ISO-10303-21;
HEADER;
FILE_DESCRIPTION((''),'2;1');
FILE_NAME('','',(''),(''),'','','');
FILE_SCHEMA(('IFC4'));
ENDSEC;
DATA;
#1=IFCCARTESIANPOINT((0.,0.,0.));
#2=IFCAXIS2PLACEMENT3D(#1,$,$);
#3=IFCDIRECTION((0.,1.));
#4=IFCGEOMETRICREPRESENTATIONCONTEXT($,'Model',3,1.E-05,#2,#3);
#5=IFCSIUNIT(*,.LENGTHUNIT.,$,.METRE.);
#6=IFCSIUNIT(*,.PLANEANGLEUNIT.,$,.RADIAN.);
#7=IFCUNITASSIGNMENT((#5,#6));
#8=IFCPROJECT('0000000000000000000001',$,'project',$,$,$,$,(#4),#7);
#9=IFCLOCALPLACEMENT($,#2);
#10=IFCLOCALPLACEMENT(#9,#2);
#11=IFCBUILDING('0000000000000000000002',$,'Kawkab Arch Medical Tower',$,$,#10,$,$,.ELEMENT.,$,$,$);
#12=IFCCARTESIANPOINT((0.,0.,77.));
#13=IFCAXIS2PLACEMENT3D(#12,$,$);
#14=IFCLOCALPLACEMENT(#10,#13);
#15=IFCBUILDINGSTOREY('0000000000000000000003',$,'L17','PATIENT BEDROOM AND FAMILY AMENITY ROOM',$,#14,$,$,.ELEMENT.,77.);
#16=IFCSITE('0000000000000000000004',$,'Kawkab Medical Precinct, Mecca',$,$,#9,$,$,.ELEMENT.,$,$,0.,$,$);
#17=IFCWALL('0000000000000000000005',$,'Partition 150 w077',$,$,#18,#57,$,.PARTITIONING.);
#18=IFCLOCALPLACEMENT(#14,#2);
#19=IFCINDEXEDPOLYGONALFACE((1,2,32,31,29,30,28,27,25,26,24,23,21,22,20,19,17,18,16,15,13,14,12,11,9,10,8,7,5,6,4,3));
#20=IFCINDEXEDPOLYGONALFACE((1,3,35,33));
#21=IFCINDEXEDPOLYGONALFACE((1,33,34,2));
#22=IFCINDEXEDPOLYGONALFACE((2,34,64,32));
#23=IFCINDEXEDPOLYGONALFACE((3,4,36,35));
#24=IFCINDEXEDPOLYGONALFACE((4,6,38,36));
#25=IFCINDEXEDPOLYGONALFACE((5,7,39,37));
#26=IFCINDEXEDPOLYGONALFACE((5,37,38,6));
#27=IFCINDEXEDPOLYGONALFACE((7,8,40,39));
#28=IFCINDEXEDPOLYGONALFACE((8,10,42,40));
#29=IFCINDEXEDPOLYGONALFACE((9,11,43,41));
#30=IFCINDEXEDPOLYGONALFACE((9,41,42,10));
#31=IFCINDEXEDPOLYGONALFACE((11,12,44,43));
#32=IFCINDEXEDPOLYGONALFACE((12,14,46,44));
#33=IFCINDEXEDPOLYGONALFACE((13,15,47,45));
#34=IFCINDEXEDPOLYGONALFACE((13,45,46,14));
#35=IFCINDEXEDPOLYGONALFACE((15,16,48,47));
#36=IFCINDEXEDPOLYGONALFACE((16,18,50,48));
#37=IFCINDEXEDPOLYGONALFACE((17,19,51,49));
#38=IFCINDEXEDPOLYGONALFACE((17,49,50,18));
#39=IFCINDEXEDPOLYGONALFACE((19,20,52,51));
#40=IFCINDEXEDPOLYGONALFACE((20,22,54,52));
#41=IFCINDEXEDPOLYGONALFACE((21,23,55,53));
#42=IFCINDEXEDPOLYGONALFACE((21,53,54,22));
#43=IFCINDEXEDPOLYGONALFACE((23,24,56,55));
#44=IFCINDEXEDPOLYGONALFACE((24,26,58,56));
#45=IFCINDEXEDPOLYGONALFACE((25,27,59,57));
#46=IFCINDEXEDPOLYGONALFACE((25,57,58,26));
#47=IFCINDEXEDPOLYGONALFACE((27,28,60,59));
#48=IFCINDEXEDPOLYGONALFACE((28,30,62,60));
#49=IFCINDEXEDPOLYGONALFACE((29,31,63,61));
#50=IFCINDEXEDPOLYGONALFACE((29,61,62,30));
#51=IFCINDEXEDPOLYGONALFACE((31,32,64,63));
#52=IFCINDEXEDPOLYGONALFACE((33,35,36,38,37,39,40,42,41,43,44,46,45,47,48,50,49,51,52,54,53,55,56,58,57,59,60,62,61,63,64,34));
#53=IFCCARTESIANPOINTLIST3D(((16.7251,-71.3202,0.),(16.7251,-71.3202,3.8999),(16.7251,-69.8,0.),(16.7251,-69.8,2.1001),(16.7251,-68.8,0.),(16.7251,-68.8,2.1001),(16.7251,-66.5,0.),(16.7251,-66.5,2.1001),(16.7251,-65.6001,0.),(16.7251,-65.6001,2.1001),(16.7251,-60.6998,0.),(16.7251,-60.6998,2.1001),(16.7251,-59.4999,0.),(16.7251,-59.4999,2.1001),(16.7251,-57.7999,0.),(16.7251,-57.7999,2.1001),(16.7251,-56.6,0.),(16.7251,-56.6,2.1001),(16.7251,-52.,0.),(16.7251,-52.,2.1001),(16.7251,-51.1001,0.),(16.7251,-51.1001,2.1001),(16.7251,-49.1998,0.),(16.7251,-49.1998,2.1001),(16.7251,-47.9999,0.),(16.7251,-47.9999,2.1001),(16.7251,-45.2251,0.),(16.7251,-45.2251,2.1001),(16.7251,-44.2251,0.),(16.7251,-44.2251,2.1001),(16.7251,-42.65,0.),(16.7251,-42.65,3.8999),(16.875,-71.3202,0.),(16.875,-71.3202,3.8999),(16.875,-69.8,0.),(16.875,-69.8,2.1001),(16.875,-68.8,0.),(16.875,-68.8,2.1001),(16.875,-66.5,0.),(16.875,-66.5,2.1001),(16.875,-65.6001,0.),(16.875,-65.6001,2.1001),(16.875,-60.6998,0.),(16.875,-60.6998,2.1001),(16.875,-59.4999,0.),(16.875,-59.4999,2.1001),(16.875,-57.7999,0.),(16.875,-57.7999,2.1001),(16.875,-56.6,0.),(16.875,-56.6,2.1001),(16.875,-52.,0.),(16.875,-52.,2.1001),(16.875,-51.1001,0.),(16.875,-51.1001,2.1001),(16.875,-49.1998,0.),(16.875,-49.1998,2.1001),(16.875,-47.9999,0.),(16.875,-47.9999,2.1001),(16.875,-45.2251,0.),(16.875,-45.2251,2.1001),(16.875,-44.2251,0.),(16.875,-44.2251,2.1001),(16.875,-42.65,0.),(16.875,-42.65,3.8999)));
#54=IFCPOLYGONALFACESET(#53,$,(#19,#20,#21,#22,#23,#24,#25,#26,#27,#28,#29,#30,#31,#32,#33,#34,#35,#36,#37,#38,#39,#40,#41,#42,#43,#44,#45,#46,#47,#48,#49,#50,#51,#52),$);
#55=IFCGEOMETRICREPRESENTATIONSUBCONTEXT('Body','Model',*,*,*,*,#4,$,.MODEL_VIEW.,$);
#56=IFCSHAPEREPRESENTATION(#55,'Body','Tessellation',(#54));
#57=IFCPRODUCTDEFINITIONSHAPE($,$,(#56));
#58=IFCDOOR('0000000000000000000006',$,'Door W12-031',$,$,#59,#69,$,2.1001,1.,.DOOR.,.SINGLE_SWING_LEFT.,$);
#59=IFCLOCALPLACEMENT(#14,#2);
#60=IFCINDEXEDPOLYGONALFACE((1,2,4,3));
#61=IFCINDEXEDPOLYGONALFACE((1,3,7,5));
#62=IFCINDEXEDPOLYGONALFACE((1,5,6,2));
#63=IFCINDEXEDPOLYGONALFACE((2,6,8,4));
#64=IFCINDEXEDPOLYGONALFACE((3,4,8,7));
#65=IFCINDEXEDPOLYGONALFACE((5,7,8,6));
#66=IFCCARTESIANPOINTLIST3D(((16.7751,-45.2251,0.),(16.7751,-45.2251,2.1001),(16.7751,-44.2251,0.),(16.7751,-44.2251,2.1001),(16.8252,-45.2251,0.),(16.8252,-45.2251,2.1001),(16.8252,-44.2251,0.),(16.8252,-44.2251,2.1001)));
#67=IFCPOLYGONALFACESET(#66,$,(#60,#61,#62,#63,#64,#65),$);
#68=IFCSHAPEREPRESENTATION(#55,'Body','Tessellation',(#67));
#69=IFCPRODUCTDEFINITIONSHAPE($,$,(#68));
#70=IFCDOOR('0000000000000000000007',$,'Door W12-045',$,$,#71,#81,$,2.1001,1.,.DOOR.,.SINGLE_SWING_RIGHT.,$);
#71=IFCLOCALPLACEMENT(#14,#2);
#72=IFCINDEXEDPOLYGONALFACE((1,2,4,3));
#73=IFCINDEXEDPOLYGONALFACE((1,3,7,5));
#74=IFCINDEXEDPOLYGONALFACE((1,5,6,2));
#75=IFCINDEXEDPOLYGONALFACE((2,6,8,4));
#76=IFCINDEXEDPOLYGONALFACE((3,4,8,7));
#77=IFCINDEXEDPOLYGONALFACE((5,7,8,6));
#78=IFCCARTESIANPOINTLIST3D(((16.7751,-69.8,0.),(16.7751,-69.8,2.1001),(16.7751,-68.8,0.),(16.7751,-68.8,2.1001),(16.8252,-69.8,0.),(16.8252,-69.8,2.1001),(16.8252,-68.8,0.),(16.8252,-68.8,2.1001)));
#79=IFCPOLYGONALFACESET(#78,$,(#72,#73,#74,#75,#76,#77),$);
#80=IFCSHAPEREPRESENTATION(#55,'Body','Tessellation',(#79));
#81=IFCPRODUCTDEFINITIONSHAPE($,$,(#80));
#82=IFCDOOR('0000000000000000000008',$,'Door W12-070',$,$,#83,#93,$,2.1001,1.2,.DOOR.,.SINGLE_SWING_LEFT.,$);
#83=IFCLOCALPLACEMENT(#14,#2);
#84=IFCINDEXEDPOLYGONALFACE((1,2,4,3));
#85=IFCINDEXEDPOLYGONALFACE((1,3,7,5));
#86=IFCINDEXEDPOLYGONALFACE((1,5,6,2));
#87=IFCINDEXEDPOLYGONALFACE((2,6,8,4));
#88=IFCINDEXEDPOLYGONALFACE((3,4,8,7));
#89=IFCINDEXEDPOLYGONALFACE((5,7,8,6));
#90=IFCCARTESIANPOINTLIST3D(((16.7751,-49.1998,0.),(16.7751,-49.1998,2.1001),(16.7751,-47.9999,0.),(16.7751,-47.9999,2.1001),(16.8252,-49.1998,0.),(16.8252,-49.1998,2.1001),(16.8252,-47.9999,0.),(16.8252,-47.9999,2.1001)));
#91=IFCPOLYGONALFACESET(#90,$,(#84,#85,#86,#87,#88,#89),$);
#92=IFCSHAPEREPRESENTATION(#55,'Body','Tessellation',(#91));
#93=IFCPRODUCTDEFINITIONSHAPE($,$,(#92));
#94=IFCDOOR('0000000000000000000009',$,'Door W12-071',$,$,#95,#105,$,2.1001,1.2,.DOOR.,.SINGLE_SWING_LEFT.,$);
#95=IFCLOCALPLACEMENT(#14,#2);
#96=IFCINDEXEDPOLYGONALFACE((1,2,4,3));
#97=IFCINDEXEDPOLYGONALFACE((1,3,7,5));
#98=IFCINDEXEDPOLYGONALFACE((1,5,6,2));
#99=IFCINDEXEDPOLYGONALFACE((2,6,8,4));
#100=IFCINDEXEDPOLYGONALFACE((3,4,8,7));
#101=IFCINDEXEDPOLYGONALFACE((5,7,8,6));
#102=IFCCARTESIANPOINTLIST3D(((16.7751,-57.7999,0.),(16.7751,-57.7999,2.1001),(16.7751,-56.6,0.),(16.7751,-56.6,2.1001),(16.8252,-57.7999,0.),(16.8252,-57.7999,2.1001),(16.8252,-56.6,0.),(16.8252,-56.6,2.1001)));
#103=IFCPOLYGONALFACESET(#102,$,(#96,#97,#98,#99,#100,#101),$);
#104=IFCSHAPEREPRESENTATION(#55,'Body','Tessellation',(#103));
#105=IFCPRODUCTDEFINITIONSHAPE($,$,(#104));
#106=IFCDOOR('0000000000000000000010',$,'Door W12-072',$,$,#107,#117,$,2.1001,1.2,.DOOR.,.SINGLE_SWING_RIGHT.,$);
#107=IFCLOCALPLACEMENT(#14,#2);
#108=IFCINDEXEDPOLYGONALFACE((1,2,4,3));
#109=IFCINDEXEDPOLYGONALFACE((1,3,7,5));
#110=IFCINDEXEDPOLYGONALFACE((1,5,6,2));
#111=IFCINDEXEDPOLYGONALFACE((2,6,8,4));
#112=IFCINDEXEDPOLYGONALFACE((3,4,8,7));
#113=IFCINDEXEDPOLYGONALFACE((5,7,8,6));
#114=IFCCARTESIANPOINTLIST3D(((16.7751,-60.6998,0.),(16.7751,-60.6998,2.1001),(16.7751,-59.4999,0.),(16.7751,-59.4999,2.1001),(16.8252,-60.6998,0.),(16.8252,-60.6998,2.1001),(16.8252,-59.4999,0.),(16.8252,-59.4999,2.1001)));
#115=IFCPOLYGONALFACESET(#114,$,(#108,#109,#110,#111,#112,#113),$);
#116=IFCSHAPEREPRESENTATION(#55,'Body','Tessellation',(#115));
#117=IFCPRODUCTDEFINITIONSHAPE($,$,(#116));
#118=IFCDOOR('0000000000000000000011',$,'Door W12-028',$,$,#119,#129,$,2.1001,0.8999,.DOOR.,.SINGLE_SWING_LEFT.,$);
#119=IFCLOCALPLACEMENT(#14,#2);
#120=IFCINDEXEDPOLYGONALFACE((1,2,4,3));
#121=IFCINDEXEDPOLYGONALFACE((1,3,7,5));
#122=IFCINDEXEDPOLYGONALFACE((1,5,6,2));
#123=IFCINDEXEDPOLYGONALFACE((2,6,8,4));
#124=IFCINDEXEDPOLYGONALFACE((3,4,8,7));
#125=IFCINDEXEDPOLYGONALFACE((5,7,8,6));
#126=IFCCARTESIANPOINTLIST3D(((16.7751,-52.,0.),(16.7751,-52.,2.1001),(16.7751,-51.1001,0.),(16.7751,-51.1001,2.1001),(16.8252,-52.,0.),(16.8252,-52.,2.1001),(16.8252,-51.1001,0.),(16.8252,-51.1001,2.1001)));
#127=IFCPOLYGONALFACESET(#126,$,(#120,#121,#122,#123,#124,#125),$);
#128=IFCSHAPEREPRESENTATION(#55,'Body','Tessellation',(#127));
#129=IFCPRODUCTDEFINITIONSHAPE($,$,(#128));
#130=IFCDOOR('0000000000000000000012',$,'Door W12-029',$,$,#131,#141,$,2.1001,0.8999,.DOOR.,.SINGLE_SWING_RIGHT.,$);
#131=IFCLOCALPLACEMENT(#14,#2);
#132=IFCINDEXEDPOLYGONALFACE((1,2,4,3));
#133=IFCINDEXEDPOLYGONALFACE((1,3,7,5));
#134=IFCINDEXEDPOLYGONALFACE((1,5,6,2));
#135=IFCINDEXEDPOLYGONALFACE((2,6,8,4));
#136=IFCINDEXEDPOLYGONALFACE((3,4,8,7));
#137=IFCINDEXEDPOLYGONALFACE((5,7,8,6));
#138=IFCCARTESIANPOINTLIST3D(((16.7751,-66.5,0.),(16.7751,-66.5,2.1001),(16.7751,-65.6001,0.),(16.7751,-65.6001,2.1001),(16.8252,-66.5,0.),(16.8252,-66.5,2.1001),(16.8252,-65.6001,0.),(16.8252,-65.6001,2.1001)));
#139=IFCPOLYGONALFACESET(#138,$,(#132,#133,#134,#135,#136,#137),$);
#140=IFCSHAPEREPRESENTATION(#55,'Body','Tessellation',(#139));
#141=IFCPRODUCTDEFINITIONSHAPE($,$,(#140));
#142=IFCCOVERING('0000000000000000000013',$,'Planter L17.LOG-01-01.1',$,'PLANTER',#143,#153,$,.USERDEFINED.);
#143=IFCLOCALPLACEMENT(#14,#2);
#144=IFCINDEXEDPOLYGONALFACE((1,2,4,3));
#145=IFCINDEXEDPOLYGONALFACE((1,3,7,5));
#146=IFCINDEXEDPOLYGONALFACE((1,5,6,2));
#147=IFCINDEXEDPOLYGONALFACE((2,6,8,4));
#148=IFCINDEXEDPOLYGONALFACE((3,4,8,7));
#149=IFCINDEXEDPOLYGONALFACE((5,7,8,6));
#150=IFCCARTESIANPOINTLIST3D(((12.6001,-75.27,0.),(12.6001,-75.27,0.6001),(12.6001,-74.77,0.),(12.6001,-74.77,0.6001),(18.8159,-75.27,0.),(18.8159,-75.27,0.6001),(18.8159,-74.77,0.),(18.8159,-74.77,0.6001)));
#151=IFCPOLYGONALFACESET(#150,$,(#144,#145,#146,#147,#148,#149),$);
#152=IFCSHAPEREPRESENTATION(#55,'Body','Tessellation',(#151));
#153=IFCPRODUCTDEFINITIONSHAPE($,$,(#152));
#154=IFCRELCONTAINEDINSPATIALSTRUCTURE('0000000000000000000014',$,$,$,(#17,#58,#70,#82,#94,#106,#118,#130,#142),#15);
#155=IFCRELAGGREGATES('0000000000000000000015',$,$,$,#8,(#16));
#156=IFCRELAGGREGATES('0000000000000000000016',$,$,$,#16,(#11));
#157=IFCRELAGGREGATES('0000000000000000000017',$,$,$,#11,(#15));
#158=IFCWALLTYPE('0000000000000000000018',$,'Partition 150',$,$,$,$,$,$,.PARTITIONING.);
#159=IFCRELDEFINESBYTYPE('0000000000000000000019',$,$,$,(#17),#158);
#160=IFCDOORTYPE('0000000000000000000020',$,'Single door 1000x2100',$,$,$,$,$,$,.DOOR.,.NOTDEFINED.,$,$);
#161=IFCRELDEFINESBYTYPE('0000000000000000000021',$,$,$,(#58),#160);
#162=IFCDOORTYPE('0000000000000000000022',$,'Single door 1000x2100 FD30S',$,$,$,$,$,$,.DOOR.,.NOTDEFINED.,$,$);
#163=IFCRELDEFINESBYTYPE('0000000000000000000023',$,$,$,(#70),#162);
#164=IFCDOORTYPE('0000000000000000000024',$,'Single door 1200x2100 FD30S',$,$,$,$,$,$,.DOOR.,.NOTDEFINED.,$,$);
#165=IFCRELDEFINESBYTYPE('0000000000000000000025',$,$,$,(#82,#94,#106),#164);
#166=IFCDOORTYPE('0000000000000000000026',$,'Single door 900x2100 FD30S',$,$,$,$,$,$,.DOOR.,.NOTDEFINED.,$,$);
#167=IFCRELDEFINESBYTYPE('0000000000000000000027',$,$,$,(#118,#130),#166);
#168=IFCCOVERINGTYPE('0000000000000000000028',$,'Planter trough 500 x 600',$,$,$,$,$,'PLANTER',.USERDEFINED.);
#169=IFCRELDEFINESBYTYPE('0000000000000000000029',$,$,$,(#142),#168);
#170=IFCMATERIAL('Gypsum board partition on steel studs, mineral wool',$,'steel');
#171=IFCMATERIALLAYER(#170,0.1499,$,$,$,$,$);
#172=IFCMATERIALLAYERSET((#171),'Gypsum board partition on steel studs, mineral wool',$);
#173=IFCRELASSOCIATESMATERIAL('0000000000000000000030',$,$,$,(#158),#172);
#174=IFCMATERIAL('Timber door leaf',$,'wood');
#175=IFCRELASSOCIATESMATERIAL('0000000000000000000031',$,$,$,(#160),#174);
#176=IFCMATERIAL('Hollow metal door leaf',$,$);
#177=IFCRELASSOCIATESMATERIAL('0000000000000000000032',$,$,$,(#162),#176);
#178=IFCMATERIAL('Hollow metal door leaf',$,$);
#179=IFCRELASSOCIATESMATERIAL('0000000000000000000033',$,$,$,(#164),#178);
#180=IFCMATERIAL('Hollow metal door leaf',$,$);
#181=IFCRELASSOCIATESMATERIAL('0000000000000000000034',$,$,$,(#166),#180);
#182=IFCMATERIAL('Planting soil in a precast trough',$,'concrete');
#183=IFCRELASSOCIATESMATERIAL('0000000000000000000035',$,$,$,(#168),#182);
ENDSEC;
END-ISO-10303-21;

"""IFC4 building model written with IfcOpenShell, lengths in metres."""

from ifc_helpers import new_model, si_unit, direction, frame, frame_2d, origin, origin_2d, place, context, subcontext, project, spatial, rectangle, extrude, material, layer, layer_set, material_profile, profile_set, type_object, element, fill, save


model = new_model("IFC4")

# Units and contexts
model_context = context("Model", 3, precision=1e-05, world=origin(), true_north=direction((0.0, 1.0)))
body_context = subcontext(model_context, "Body", "Model", "MODEL_VIEW")
ifc_project = project(units=[si_unit("LENGTHUNIT", "METRE"), si_unit("PLANEANGLEUNIT", "RADIAN")], contexts=[model_context])

# Site, building, storey
site_placement = place(None, origin())
site = spatial("IfcSite", under=ifc_project, at=site_placement, Name="Kawkab Medical Precinct, Mecca", CompositionType="ELEMENT", RefElevation=0.0)
building_placement = place(site_placement, origin())
building = spatial("IfcBuilding", under=site, at=building_placement, Name="Kawkab Arch Medical Tower", CompositionType="ELEMENT")
storey_placement = place(building_placement, frame((0.0, 0.0, 77.0)))
storey = spatial("IfcBuildingStorey", under=building, at=storey_placement, Name="L17", Description="PATIENT BEDROOM AND FAMILY AMENITY ROOM", CompositionType="ELEMENT", Elevation=77.0)

# Wall, openings, doors
ifc_material_1 = material(Name="Gypsum board partition on steel studs, mineral wool", Category="steel")
ifc_layer_1 = layer(ifc_material_1, 0.1499)
ifc_layer_set_1 = layer_set([ifc_layer_1], Name="Gypsum board partition on steel studs, mineral wool")
wall_type_1 = type_object("IfcWallType", Name="Partition 150", PredefinedType="PARTITIONING", material=ifc_layer_set_1)
wall_1_placement = place(storey_placement, frame((16.8, -71.3201, 0.0), z_axis=(0.0, 0.0, 1.0), x_axis=(0.0, 1.0, 0.0)))
wall_1 = element("IfcWall", 1, at=wall_1_placement, inside=storey, type_object=wall_type_1, Name="Partition 150 w077", PredefinedType="PARTITIONING", context=body_context, shape_type="SweptSolid", body=[
    extrude(rectangle(XDim=28.6702, YDim=0.1499, at=frame_2d((14.335, 0.0))), origin(), (0.0, 0.0, 1.0), 3.8999),
])
opening_1_placement = place(wall_1_placement, frame((26.095, 0.0, 0.0)))
opening_1 = element("IfcOpeningElement", 2, at=opening_1_placement, cuts=wall_1, PredefinedType="OPENING", context=body_context, shape_type="SweptSolid", body=[
    extrude(rectangle(XDim=1.0, YDim=2.1001, at=frame_2d((0.5, 1.05))), frame((0.0, 0.085, 0.0), z_axis=(0.0, -1.0, 0.0), x_axis=(1.0, 0.0, 0.0)), (0.0, 0.0, 1.0), 0.1699),
])
opening_2_placement = place(wall_1_placement, frame((22.1201, 0.0, 0.0)))
opening_2 = element("IfcOpeningElement", 3, at=opening_2_placement, cuts=wall_1, PredefinedType="OPENING", context=body_context, shape_type="SweptSolid", body=[
    extrude(rectangle(XDim=1.2, YDim=2.1001, at=frame_2d((0.6001, 1.05))), frame((0.0, 0.085, 0.0), z_axis=(0.0, -1.0, 0.0), x_axis=(1.0, 0.0, 0.0)), (0.0, 0.0, 1.0), 0.1699),
])
opening_3_placement = place(wall_1_placement, frame((19.3201, 0.0, 0.0)))
opening_3 = element("IfcOpeningElement", 4, at=opening_3_placement, cuts=wall_1, PredefinedType="OPENING", context=body_context, shape_type="SweptSolid", body=[
    extrude(rectangle(XDim=0.8999, YDim=2.1001, at=frame_2d((0.45, 1.05))), frame((0.0, 0.085, 0.0), z_axis=(0.0, -1.0, 0.0), x_axis=(1.0, 0.0, 0.0)), (0.0, 0.0, 1.0), 0.1699),
])
opening_4_placement = place(wall_1_placement, frame((13.52, 0.0, 0.0)))
opening_4 = element("IfcOpeningElement", 5, at=opening_4_placement, cuts=wall_1, PredefinedType="OPENING", context=body_context, shape_type="SweptSolid", body=[
    extrude(rectangle(XDim=1.2, YDim=2.1001, at=frame_2d((0.6001, 1.05))), frame((0.0, 0.085, 0.0), z_axis=(0.0, -1.0, 0.0), x_axis=(1.0, 0.0, 0.0)), (0.0, 0.0, 1.0), 0.1699),
])
opening_5_placement = place(wall_1_placement, frame((10.6201, 0.0, 0.0)))
opening_5 = element("IfcOpeningElement", 6, at=opening_5_placement, cuts=wall_1, PredefinedType="OPENING", context=body_context, shape_type="SweptSolid", body=[
    extrude(rectangle(XDim=1.2, YDim=2.1001, at=frame_2d((0.6001, 1.05))), frame((0.0, 0.085, 0.0), z_axis=(0.0, -1.0, 0.0), x_axis=(1.0, 0.0, 0.0)), (0.0, 0.0, 1.0), 0.1699),
])
opening_6_placement = place(wall_1_placement, frame((4.8201, 0.0, 0.0)))
opening_6 = element("IfcOpeningElement", 7, at=opening_6_placement, cuts=wall_1, PredefinedType="OPENING", context=body_context, shape_type="SweptSolid", body=[
    extrude(rectangle(XDim=0.8999, YDim=2.1001, at=frame_2d((0.45, 1.05))), frame((0.0, 0.085, 0.0), z_axis=(0.0, -1.0, 0.0), x_axis=(1.0, 0.0, 0.0)), (0.0, 0.0, 1.0), 0.1699),
])
opening_7_placement = place(wall_1_placement, frame((1.52, 0.0, 0.0)))
opening_7 = element("IfcOpeningElement", 8, at=opening_7_placement, cuts=wall_1, PredefinedType="OPENING", context=body_context, shape_type="SweptSolid", body=[
    extrude(rectangle(XDim=1.0, YDim=2.1001, at=frame_2d((0.5, 1.05))), frame((0.0, 0.085, 0.0), z_axis=(0.0, -1.0, 0.0), x_axis=(1.0, 0.0, 0.0)), (0.0, 0.0, 1.0), 0.1699),
])
ifc_material_2 = material(Name="Timber door leaf", Category="wood")
door_type_1 = type_object("IfcDoorType", Name="Single door 1000x2100", OperationType="NOTDEFINED", PredefinedType="DOOR", material=ifc_material_2)
door_1_placement = place(opening_1_placement, origin())
door_1 = element("IfcDoor", 9, at=door_1_placement, inside=storey, type_object=door_type_1, Name="Door W12-031", OperationType="SINGLE_SWING_LEFT", OverallHeight=2.1001, OverallWidth=1.0, PredefinedType="DOOR", context=body_context, shape_type="SweptSolid", body=[
    extrude(rectangle(XDim=1.0, YDim=2.1001, at=frame_2d((0.5, 1.05))), frame((0.0, 0.0249, 0.0), z_axis=(0.0, -1.0, 0.0), x_axis=(1.0, 0.0, 0.0)), (0.0, 0.0, 1.0), 0.05),
])
fill(opening_1, door_1)
ifc_material_3 = material(Name="Hollow metal door leaf")
door_type_2 = type_object("IfcDoorType", Name="Single door 1000x2100 FD30S", OperationType="NOTDEFINED", PredefinedType="DOOR", material=ifc_material_3)
door_2_placement = place(opening_7_placement, origin())
door_2 = element("IfcDoor", 10, at=door_2_placement, inside=storey, type_object=door_type_2, Name="Door W12-045", OperationType="SINGLE_SWING_RIGHT", OverallHeight=2.1001, OverallWidth=1.0, PredefinedType="DOOR", context=body_context, shape_type="SweptSolid", body=[
    extrude(rectangle(XDim=1.0, YDim=2.1001, at=frame_2d((0.5, 1.05))), frame((0.0, 0.0249, 0.0), z_axis=(0.0, -1.0, 0.0), x_axis=(1.0, 0.0, 0.0)), (0.0, 0.0, 1.0), 0.05),
])
fill(opening_7, door_2)
ifc_material_4 = material(Name="Hollow metal door leaf")
door_type_3 = type_object("IfcDoorType", Name="Single door 1200x2100 FD30S", OperationType="NOTDEFINED", PredefinedType="DOOR", material=ifc_material_4)
door_3_placement = place(opening_2_placement, origin())
door_3 = element("IfcDoor", 11, at=door_3_placement, inside=storey, type_object=door_type_3, Name="Door W12-070", OperationType="SINGLE_SWING_LEFT", OverallHeight=2.1001, OverallWidth=1.2, PredefinedType="DOOR", context=body_context, shape_type="SweptSolid", body=[
    extrude(rectangle(XDim=1.2, YDim=2.1001, at=frame_2d((0.6001, 1.05))), frame((0.0, 0.0249, 0.0), z_axis=(0.0, -1.0, 0.0), x_axis=(1.0, 0.0, 0.0)), (0.0, 0.0, 1.0), 0.05),
])
fill(opening_2, door_3)
door_4_placement = place(opening_4_placement, origin())
door_4 = element("IfcDoor", 12, at=door_4_placement, inside=storey, type_object=door_type_3, Name="Door W12-071", OperationType="SINGLE_SWING_LEFT", OverallHeight=2.1001, OverallWidth=1.2, PredefinedType="DOOR", context=body_context, shape_type="SweptSolid", body=[
    extrude(rectangle(XDim=1.2, YDim=2.1001, at=frame_2d((0.6001, 1.05))), frame((0.0, 0.0249, 0.0), z_axis=(0.0, -1.0, 0.0), x_axis=(1.0, 0.0, 0.0)), (0.0, 0.0, 1.0), 0.05),
])
fill(opening_4, door_4)
door_5_placement = place(opening_5_placement, origin())
door_5 = element("IfcDoor", 13, at=door_5_placement, inside=storey, type_object=door_type_3, Name="Door W12-072", OperationType="SINGLE_SWING_RIGHT", OverallHeight=2.1001, OverallWidth=1.2, PredefinedType="DOOR", context=body_context, shape_type="SweptSolid", body=[
    extrude(rectangle(XDim=1.2, YDim=2.1001, at=frame_2d((0.6001, 1.05))), frame((0.0, 0.0249, 0.0), z_axis=(0.0, -1.0, 0.0), x_axis=(1.0, 0.0, 0.0)), (0.0, 0.0, 1.0), 0.05),
])
fill(opening_5, door_5)
ifc_material_5 = material(Name="Hollow metal door leaf")
door_type_4 = type_object("IfcDoorType", Name="Single door 900x2100 FD30S", OperationType="NOTDEFINED", PredefinedType="DOOR", material=ifc_material_5)
door_6_placement = place(opening_3_placement, origin())
door_6 = element("IfcDoor", 14, at=door_6_placement, inside=storey, type_object=door_type_4, Name="Door W12-028", OperationType="SINGLE_SWING_LEFT", OverallHeight=2.1001, OverallWidth=0.8999, PredefinedType="DOOR", context=body_context, shape_type="SweptSolid", body=[
    extrude(rectangle(XDim=0.8999, YDim=2.1001, at=frame_2d((0.45, 1.05))), frame((0.0, 0.0249, 0.0), z_axis=(0.0, -1.0, 0.0), x_axis=(1.0, 0.0, 0.0)), (0.0, 0.0, 1.0), 0.05),
])
fill(opening_3, door_6)
door_7_placement = place(opening_6_placement, origin())
door_7 = element("IfcDoor", 15, at=door_7_placement, inside=storey, type_object=door_type_4, Name="Door W12-029", OperationType="SINGLE_SWING_RIGHT", OverallHeight=2.1001, OverallWidth=0.8999, PredefinedType="DOOR", context=body_context, shape_type="SweptSolid", body=[
    extrude(rectangle(XDim=0.8999, YDim=2.1001, at=frame_2d((0.45, 1.05))), frame((0.0, 0.0249, 0.0), z_axis=(0.0, -1.0, 0.0), x_axis=(1.0, 0.0, 0.0)), (0.0, 0.0, 1.0), 0.05),
])
fill(opening_6, door_7)

# Covering
ifc_material_6 = material(Name="Planting soil in a precast trough", Category="concrete")
ifc_material_profile_1 = material_profile(ifc_material_6, rectangle(XDim=0.5, YDim=0.6001, at=origin_2d()), Name="Trough 500x600")
ifc_profile_set_1 = profile_set([ifc_material_profile_1], Name="Planting soil in a precast trough")
covering_type = type_object("IfcCoveringType", Name="Planter trough 500 x 600", ElementType="PLANTER", PredefinedType="USERDEFINED", material=ifc_profile_set_1)
covering_placement = place(storey_placement, frame((18.8159, -75.02, 0.3), z_axis=(-1.0, 0.0, 0.0), x_axis=(0.0, -1.0, 0.0)))
element("IfcCovering", 16, at=covering_placement, inside=storey, type_object=covering_type, Name="Planter L17.LOG-01-01.1", ObjectType="PLANTER", PredefinedType="USERDEFINED", context=body_context, shape_type="SweptSolid", body=[
    extrude(rectangle(XDim=0.5, YDim=0.6001, at=origin_2d()), origin(), (0.0, 0.0, 1.0), 6.2158),
])

save(model, "model.ifc")
